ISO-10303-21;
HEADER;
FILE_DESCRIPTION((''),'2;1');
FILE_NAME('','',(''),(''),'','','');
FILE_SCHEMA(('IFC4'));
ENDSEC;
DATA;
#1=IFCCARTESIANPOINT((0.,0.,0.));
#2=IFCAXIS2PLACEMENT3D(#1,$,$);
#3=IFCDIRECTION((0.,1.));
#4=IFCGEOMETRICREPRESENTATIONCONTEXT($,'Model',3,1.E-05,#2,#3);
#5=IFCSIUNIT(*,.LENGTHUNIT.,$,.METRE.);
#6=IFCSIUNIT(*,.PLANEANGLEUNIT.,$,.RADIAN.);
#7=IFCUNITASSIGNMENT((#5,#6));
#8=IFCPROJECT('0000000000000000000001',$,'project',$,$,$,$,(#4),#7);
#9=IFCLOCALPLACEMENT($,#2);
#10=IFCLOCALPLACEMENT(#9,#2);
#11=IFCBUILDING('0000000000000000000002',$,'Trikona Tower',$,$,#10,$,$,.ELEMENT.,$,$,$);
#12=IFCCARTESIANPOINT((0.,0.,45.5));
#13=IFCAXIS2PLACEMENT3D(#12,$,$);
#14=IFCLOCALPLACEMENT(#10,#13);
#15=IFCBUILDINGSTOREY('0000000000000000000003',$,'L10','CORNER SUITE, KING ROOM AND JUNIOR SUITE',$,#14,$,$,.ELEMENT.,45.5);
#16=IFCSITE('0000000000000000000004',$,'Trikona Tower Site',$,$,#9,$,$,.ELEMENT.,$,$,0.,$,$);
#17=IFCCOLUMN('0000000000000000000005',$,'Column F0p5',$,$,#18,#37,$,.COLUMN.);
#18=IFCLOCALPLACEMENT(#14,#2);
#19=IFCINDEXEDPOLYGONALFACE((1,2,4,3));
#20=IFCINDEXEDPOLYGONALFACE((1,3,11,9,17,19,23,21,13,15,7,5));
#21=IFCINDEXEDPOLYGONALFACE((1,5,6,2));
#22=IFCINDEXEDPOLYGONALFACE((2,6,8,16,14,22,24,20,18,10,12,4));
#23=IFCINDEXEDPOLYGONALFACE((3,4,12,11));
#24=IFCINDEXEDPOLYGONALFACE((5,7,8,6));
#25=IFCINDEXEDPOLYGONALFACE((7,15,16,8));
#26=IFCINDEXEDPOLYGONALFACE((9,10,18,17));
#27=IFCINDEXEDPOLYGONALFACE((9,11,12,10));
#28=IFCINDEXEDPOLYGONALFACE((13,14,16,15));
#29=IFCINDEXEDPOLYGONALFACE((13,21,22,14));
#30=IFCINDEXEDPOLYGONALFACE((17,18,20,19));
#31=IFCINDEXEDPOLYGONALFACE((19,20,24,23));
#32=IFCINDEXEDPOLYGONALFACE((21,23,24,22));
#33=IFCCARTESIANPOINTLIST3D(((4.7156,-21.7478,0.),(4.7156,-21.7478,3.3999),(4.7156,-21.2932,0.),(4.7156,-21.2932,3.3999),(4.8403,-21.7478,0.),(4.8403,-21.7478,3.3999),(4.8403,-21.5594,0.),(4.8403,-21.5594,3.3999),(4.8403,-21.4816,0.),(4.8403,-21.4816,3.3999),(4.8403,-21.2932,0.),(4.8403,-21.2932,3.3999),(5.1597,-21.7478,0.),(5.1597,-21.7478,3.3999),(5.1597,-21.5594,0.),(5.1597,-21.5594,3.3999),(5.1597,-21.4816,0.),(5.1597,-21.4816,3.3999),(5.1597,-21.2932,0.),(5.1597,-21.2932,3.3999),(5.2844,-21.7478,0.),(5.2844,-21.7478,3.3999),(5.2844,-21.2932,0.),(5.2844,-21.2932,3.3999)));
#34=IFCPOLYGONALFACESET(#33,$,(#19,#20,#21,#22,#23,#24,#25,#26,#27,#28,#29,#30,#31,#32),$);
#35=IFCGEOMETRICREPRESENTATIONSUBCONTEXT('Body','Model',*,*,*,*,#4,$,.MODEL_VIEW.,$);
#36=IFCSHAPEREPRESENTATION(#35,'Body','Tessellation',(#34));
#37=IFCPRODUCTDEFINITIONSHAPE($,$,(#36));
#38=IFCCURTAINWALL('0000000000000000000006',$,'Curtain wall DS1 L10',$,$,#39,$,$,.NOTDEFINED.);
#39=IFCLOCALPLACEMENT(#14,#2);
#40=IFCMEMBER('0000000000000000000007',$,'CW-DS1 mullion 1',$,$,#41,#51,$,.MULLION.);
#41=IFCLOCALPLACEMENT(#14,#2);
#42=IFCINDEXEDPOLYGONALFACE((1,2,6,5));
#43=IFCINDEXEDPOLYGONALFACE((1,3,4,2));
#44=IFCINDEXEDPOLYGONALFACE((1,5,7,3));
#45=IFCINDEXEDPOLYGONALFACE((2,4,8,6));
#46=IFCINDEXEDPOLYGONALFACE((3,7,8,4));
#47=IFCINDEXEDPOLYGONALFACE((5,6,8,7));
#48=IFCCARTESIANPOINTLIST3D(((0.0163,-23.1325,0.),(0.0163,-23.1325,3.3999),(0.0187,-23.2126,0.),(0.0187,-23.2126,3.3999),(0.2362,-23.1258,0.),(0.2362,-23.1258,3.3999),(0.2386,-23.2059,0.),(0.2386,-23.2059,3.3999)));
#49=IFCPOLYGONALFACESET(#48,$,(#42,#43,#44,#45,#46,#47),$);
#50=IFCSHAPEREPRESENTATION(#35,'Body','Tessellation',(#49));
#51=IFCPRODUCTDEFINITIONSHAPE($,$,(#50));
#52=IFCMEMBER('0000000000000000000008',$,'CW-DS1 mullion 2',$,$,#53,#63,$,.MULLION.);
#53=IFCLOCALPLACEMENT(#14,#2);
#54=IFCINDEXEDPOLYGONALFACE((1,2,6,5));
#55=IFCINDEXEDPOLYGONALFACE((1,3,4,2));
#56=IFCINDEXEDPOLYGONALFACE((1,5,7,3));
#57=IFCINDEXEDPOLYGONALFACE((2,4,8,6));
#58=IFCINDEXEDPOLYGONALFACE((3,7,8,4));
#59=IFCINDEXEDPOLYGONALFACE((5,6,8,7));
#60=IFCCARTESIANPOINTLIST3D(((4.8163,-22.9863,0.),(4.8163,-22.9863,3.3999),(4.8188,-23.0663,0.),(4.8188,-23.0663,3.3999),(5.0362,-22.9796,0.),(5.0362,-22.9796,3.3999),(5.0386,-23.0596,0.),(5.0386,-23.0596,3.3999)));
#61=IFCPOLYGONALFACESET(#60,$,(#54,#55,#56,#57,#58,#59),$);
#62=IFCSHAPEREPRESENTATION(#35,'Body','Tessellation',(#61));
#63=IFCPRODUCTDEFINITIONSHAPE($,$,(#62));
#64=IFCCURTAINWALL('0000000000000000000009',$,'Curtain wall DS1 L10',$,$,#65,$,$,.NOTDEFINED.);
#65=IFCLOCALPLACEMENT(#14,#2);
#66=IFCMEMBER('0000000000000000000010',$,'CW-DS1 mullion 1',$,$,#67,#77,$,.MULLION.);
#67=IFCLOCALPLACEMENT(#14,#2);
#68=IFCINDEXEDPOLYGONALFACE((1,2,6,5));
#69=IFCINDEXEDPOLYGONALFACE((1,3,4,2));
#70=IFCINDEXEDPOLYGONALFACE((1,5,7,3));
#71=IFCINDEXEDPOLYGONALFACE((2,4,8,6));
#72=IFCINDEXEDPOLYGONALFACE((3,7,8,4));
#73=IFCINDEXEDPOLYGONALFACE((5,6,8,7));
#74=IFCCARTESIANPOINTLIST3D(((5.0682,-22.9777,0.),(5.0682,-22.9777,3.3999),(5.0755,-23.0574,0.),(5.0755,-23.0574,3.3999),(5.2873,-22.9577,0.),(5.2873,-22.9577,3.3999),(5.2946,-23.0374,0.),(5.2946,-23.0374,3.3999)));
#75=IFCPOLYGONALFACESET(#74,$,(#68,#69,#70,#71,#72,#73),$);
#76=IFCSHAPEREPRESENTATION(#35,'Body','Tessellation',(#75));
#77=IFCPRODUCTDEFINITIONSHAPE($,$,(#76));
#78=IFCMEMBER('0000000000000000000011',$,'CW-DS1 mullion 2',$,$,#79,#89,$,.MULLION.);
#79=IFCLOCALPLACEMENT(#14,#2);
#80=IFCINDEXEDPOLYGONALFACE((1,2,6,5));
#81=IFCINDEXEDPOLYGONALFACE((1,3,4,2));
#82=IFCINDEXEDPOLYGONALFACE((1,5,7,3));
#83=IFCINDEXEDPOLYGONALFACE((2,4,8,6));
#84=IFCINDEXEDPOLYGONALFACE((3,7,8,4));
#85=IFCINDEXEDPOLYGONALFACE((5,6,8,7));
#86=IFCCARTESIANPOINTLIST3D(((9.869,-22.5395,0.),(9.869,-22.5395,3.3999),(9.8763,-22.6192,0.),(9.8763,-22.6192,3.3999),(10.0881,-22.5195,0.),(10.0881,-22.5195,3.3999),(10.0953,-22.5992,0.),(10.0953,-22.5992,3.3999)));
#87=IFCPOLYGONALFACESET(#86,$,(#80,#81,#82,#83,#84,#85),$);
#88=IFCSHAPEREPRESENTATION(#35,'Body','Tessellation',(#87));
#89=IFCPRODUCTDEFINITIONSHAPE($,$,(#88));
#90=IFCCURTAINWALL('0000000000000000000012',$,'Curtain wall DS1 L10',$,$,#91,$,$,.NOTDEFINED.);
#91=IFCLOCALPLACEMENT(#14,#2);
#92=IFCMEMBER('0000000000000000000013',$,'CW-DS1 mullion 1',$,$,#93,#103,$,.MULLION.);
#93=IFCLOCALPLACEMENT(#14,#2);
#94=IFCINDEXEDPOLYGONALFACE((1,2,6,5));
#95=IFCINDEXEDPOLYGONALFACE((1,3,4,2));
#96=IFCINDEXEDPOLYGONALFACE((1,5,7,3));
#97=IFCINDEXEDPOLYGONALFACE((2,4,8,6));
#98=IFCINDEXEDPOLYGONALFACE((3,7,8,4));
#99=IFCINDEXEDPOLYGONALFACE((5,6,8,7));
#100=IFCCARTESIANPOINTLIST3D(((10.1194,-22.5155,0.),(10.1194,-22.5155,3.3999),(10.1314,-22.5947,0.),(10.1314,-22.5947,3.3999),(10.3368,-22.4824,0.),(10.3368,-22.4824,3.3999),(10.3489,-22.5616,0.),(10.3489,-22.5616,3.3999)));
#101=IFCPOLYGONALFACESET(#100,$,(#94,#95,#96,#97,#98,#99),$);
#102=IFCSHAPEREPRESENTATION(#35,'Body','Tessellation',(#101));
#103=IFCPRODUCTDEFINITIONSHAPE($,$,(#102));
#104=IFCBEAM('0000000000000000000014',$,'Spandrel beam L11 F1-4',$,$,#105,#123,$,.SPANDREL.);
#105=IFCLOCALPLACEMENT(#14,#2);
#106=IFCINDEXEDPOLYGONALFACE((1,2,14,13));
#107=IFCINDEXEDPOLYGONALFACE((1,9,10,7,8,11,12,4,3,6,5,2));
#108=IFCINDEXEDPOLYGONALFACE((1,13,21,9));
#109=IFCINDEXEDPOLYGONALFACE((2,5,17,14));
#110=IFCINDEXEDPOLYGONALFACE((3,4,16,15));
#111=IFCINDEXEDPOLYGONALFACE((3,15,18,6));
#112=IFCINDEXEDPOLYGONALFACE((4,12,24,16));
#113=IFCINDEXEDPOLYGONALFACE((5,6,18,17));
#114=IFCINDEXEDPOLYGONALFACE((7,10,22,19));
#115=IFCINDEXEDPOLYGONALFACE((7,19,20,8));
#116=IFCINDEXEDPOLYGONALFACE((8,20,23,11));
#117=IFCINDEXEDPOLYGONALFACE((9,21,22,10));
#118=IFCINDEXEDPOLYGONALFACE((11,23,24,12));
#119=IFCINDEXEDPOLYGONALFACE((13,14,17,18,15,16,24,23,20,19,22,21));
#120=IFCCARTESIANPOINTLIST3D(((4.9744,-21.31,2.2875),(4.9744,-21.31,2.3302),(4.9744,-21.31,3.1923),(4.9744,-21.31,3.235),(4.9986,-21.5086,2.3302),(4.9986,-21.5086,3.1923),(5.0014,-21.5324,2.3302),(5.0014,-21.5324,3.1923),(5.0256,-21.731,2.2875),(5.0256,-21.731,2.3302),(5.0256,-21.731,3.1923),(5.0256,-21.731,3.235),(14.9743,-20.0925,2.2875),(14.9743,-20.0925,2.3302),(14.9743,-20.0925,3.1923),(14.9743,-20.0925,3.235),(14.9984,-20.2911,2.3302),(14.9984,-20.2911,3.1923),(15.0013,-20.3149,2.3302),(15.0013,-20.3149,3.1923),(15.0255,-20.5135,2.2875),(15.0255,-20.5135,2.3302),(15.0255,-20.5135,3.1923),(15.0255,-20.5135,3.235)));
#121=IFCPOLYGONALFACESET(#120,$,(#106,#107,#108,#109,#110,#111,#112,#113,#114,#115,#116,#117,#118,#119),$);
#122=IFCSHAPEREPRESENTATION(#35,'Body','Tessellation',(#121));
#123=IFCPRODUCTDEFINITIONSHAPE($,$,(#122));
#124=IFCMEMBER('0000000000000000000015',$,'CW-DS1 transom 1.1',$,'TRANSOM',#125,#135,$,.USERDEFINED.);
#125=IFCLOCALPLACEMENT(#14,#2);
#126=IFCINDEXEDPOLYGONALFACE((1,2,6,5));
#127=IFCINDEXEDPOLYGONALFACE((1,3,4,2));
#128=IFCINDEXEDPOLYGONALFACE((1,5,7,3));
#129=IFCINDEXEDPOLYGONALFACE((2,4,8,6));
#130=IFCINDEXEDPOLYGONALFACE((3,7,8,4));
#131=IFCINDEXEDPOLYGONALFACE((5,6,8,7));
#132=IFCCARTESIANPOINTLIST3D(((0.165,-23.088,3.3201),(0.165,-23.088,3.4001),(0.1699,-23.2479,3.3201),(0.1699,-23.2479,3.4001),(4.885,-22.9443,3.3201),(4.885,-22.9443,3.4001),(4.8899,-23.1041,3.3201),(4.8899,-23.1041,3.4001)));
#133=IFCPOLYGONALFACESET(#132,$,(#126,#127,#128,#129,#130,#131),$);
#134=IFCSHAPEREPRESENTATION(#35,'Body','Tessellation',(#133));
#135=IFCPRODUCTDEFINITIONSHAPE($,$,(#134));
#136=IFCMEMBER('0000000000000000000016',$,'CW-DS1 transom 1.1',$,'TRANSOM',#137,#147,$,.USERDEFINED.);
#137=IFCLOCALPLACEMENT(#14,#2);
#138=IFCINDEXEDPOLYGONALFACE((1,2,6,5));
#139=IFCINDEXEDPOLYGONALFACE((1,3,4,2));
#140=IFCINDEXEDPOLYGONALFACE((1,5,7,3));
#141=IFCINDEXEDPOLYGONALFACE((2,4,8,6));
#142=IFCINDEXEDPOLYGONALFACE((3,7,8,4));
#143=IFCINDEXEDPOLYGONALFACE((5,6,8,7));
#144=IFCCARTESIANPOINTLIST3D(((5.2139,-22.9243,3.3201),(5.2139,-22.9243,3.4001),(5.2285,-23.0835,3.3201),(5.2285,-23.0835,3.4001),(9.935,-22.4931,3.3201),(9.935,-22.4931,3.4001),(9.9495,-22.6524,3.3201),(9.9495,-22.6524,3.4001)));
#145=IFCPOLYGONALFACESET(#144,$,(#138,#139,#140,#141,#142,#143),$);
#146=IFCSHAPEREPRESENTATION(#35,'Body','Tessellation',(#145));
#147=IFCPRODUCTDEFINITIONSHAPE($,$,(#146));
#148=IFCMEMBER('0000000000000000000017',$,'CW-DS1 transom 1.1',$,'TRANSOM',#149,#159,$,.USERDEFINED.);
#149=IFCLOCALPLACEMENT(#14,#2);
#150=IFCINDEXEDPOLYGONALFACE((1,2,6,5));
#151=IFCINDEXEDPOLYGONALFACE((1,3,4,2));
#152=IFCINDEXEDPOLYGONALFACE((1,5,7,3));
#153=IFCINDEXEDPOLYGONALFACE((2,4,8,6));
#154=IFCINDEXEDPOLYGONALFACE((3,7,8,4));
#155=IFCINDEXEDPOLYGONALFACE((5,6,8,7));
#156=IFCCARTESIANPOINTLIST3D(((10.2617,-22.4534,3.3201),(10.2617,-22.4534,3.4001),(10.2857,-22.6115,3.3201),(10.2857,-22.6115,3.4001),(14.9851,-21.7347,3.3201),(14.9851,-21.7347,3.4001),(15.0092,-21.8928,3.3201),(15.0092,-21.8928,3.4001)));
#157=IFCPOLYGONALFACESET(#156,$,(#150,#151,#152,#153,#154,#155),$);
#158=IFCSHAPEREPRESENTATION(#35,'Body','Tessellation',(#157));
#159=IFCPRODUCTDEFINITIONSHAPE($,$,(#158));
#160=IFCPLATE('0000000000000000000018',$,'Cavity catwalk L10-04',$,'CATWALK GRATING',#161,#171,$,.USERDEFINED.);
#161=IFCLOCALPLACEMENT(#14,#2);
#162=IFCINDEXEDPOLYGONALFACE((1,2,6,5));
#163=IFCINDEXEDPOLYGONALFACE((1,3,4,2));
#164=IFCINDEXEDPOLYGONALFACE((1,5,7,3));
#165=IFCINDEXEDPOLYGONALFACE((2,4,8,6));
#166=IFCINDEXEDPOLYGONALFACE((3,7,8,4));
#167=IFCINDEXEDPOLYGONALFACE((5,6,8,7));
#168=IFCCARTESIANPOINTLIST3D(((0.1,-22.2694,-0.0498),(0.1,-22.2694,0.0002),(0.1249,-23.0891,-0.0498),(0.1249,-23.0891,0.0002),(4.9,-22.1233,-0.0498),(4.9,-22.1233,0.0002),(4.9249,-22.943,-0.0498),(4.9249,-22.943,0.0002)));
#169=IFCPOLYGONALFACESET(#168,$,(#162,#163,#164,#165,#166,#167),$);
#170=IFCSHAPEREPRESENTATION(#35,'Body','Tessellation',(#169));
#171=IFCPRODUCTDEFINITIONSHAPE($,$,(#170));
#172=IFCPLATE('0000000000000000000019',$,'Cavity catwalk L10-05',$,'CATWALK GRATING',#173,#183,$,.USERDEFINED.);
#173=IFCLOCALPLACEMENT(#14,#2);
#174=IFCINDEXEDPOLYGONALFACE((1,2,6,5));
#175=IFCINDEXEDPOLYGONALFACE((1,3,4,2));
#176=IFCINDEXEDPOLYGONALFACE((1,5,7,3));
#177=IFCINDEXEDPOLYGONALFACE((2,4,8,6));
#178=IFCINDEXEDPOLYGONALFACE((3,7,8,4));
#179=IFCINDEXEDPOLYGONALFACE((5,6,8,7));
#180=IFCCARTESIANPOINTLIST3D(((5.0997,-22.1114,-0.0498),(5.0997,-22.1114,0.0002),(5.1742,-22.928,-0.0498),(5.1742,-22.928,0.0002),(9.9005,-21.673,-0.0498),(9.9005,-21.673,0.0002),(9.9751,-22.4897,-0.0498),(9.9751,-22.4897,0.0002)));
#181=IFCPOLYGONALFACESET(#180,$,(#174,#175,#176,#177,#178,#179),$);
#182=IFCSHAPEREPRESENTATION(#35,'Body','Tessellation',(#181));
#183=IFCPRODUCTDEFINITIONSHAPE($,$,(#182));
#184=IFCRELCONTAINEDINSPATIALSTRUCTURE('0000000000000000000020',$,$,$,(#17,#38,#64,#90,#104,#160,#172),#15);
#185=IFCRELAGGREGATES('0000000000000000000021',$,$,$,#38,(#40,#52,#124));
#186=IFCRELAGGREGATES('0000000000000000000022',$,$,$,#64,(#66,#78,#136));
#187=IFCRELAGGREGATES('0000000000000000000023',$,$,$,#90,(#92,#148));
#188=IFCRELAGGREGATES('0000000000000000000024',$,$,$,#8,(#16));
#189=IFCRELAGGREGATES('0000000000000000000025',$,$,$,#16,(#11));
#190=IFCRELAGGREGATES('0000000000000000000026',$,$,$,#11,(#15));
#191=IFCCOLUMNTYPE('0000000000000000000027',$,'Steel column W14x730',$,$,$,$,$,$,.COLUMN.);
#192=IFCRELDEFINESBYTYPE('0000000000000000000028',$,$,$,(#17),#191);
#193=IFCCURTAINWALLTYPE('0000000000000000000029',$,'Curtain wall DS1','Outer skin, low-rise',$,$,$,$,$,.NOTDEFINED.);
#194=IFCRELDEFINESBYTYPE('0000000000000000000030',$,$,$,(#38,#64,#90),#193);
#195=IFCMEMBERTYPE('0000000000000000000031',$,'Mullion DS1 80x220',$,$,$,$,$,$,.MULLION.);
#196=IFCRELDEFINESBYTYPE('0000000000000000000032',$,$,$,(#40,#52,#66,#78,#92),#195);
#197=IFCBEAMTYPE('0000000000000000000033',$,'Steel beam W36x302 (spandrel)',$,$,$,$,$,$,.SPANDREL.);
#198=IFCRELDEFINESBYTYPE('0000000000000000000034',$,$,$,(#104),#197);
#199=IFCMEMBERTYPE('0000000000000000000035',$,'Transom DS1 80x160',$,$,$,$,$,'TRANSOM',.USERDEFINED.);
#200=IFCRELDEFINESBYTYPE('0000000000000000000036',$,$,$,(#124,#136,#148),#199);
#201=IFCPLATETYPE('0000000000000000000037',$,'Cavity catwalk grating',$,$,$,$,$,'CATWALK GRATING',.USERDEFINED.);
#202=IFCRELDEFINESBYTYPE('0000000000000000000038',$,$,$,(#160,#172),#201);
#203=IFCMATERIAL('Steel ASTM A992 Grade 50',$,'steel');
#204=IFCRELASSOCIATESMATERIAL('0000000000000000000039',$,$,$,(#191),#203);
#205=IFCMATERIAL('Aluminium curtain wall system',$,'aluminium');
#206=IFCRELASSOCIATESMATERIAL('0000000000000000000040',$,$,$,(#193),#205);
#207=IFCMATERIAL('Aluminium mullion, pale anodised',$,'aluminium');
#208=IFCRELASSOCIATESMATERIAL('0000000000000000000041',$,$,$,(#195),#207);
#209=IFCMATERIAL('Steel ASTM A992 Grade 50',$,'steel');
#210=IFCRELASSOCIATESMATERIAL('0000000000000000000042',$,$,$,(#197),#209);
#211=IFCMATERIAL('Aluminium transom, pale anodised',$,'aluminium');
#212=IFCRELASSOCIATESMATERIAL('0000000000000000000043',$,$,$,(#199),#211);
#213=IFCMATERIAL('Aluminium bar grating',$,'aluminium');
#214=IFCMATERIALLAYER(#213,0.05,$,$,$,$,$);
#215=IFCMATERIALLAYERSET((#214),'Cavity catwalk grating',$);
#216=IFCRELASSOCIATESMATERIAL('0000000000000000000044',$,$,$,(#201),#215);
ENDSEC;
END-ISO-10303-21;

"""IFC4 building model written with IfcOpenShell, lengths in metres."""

from ifc_helpers import new_model, si_unit, direction, frame, origin, origin_2d, place, context, subcontext, project, spatial, rectangle, i_section, extrude, material, layer, layer_set, material_profile, profile_set, type_object, element, aggregate, save


model = new_model("IFC4")

# Units and contexts
model_context = context("Model", 3, precision=1e-05, world=origin(), true_north=direction((0.0, 1.0)))
body_context = subcontext(model_context, "Body", "Model", "MODEL_VIEW")
ifc_project = project(units=[si_unit("LENGTHUNIT", "METRE"), si_unit("PLANEANGLEUNIT", "RADIAN")], contexts=[model_context])

# Site, building, storey
site_placement = place(None, origin())
site = spatial("IfcSite", under=ifc_project, at=site_placement, Name="Trikona Tower Site", CompositionType="ELEMENT", RefElevation=0.0)
building_placement = place(site_placement, origin())
building = spatial("IfcBuilding", under=site, at=building_placement, Name="Trikona Tower", CompositionType="ELEMENT")
storey_placement = place(building_placement, frame((0.0, 0.0, 45.5)))
storey = spatial("IfcBuildingStorey", under=building, at=storey_placement, Name="L10", Description="CORNER SUITE, KING ROOM AND JUNIOR SUITE", CompositionType="ELEMENT", Elevation=45.5)

# Column
ifc_material_1 = material(Name="Steel ASTM A992 Grade 50", Category="steel")
ifc_material_profile_1 = material_profile(ifc_material_1, i_section(OverallWidth=0.4546, OverallDepth=0.5688, WebThickness=0.0779, FlangeThickness=0.1248, at=origin_2d()), Name="W14X730")
ifc_profile_set_1 = profile_set([ifc_material_profile_1], Name="Steel ASTM A992 Grade 50")
column_type = type_object("IfcColumnType", Name="Steel column W14x730", PredefinedType="COLUMN", material=ifc_profile_set_1)
column_placement = place(storey_placement, frame((5.0, -21.5205, 0.0), z_axis=(0.0, 0.0, 1.0), x_axis=(0.0, -1.0, 0.0)))
element("IfcColumn", 1, at=column_placement, inside=storey, type_object=column_type, Name="Column F0p5", PredefinedType="COLUMN", context=body_context, shape_type="SweptSolid", body=[
    extrude(i_section(OverallWidth=0.4546, OverallDepth=0.5688, WebThickness=0.0779, FlangeThickness=0.1248, at=origin_2d()), origin(), (0.0, 0.0, 1.0), 3.3999),
])

# Curtain walls, members
ifc_material_2 = material(Name="Aluminium curtain wall system", Category="aluminium")
curtain_wall_type = type_object("IfcCurtainWallType", Name="Curtain wall DS1", Description="Outer skin, low-rise", PredefinedType="NOTDEFINED", material=ifc_material_2)
curtain_wall_1_placement = place(storey_placement, origin())
curtain_wall_1 = element("IfcCurtainWall", 2, at=curtain_wall_1_placement, inside=storey, type_object=curtain_wall_type, Name="Curtain wall DS1 L10", PredefinedType="NOTDEFINED")
ifc_material_3 = material(Name="Aluminium mullion, pale anodised", Category="aluminium")
ifc_material_profile_2 = material_profile(ifc_material_3, rectangle(XDim=0.0801, YDim=0.22, at=origin_2d()), Name="MUL-DS1")
ifc_profile_set_2 = profile_set([ifc_material_profile_2], Name="Aluminium mullion, pale anodised")
member_type_1 = type_object("IfcMemberType", Name="Mullion DS1 80x220", PredefinedType="MULLION", material=ifc_profile_set_2)
member_1_placement = place(storey_placement, frame((0.1274, -23.1692, 0.0), z_axis=(0.0, 0.0, 1.0), x_axis=(-0.030437, 0.999537, 0.0)))
member_1 = element("IfcMember", 3, at=member_1_placement, type_object=member_type_1, Name="CW-DS1 mullion 1", PredefinedType="MULLION", context=body_context, shape_type="SweptSolid", body=[
    extrude(rectangle(XDim=0.0801, YDim=0.22, at=origin_2d()), origin(), (0.0, 0.0, 1.0), 3.3999),
])
member_2_placement = place(storey_placement, frame((4.9275, -23.0229, 0.0), z_axis=(0.0, 0.0, 1.0), x_axis=(-0.030437, 0.999537, 0.0)))
member_2 = element("IfcMember", 4, at=member_2_placement, type_object=member_type_1, Name="CW-DS1 mullion 2", PredefinedType="MULLION", context=body_context, shape_type="SweptSolid", body=[
    extrude(rectangle(XDim=0.0801, YDim=0.22, at=origin_2d()), origin(), (0.0, 0.0, 1.0), 3.3999),
])
curtain_wall_2_placement = place(storey_placement, origin())
curtain_wall_2 = element("IfcCurtainWall", 5, at=curtain_wall_2_placement, inside=storey, type_object=curtain_wall_type, Name="Curtain wall DS1 L10", PredefinedType="NOTDEFINED")
member_3_placement = place(storey_placement, frame((5.1814, -23.0076, 0.0), z_axis=(0.0, 0.0, 1.0), x_axis=(-0.090924, 0.995858, 0.0)))
member_3 = element("IfcMember", 6, at=member_3_placement, type_object=member_type_1, Name="CW-DS1 mullion 1", PredefinedType="MULLION", context=body_context, shape_type="SweptSolid", body=[
    extrude(rectangle(XDim=0.0801, YDim=0.22, at=origin_2d()), origin(), (0.0, 0.0, 1.0), 3.3999),
])
member_4_placement = place(storey_placement, frame((9.9822, -22.5693, 0.0), z_axis=(0.0, 0.0, 1.0), x_axis=(-0.090924, 0.995858, 0.0)))
member_4 = element("IfcMember", 7, at=member_4_placement, type_object=member_type_1, Name="CW-DS1 mullion 2", PredefinedType="MULLION", context=body_context, shape_type="SweptSolid", body=[
    extrude(rectangle(XDim=0.0801, YDim=0.22, at=origin_2d()), origin(), (0.0, 0.0, 1.0), 3.3999),
])

# Curtain wall, member
curtain_wall_3_placement = place(storey_placement, origin())
curtain_wall_3 = element("IfcCurtainWall", 8, at=curtain_wall_3_placement, inside=storey, type_object=curtain_wall_type, Name="Curtain wall DS1 L10", PredefinedType="NOTDEFINED")
member_5_placement = place(storey_placement, frame((10.2341, -22.5386, 0.0), z_axis=(0.0, 0.0, 1.0), x_axis=(-0.150438, 0.988619, 0.0)))
member_5 = element("IfcMember", 9, at=member_5_placement, type_object=member_type_1, Name="CW-DS1 mullion 1", PredefinedType="MULLION", context=body_context, shape_type="SweptSolid", body=[
    extrude(rectangle(XDim=0.0801, YDim=0.22, at=origin_2d()), origin(), (0.0, 0.0, 1.0), 3.3999),
])

# Beam
ifc_material_4 = material(Name="Steel ASTM A992 Grade 50", Category="steel")
ifc_material_profile_3 = material_profile(ifc_material_4, i_section(OverallWidth=0.4241, OverallDepth=0.9475, WebThickness=0.0239, FlangeThickness=0.0427, at=origin_2d()), Name="W36X302")
ifc_profile_set_3 = profile_set([ifc_material_profile_3], Name="Steel ASTM A992 Grade 50")
beam_type = type_object("IfcBeamType", Name="Steel beam W36x302 (spandrel)", PredefinedType="SPANDREL", material=ifc_profile_set_3)
beam_placement = place(storey_placement, frame((5.0, -21.5205, 2.7612), z_axis=(0.99267, 0.12086, 0.0), x_axis=(-0.12086, 0.99267, 0.0)))
element("IfcBeam", 10, at=beam_placement, inside=storey, type_object=beam_type, Name="Spandrel beam L11 F1-4", PredefinedType="SPANDREL", context=body_context, shape_type="SweptSolid", body=[
    extrude(i_section(OverallWidth=0.4241, OverallDepth=0.9475, WebThickness=0.0239, FlangeThickness=0.0427, at=origin_2d()), origin(), (0.0, 0.0, 1.0), 10.0737),
])

# Members
ifc_material_5 = material(Name="Aluminium transom, pale anodised", Category="aluminium")
ifc_material_profile_4 = material_profile(ifc_material_5, rectangle(XDim=0.1599, YDim=0.0801, at=origin_2d()), Name="TRN-DS1")
ifc_profile_set_4 = profile_set([ifc_material_profile_4], Name="Aluminium transom, pale anodised")
member_type_2 = type_object("IfcMemberType", Name="Transom DS1 80x160", ElementType="TRANSOM", PredefinedType="USERDEFINED", material=ifc_profile_set_4)
member_6_placement = place(storey_placement, frame((0.1675, -23.168, 3.3601), z_axis=(0.999536, 0.030452, 0.0), x_axis=(-0.030452, 0.999536, 0.0)))
member_6 = element("IfcMember", 11, at=member_6_placement, type_object=member_type_2, Name="CW-DS1 transom 1.1", ObjectType="TRANSOM", PredefinedType="USERDEFINED", context=body_context, shape_type="SweptSolid", body=[
    extrude(rectangle(XDim=0.1599, YDim=0.0801, at=origin_2d()), origin(), (0.0, 0.0, 1.0), 4.7222),
])
member_7_placement = place(storey_placement, frame((5.2212, -23.0039, 3.3601), z_axis=(0.995856, 0.090944, 0.0), x_axis=(-0.090944, 0.995856, 0.0)))
member_7 = element("IfcMember", 12, at=member_7_placement, type_object=member_type_2, Name="CW-DS1 transom 1.1", ObjectType="TRANSOM", PredefinedType="USERDEFINED", context=body_context, shape_type="SweptSolid", body=[
    extrude(rectangle(XDim=0.1599, YDim=0.0801, at=origin_2d()), origin(), (0.0, 0.0, 1.0), 4.7407),
])
member_8_placement = place(storey_placement, frame((10.2737, -22.5325, 3.3601), z_axis=(0.98862, 0.150437, 0.0), x_axis=(-0.150437, 0.98862, 0.0)))
member_8 = element("IfcMember", 13, at=member_8_placement, type_object=member_type_2, Name="CW-DS1 transom 1.1", ObjectType="TRANSOM", PredefinedType="USERDEFINED", context=body_context, shape_type="SweptSolid", body=[
    extrude(rectangle(XDim=0.1599, YDim=0.0801, at=origin_2d()), origin(), (0.0, 0.0, 1.0), 4.7778),
])

# Plates
ifc_material_6 = material(Name="Aluminium bar grating", Category="aluminium")
ifc_layer_1 = layer(ifc_material_6, 0.05)
ifc_layer_set_1 = layer_set([ifc_layer_1], Name="Cavity catwalk grating")
plate_type_1 = type_object("IfcPlateType", Name="Cavity catwalk grating", ElementType="CATWALK GRATING", PredefinedType="USERDEFINED", material=ifc_layer_set_1)
plate_1_placement = place(storey_placement, frame((2.5125, -22.6062, -0.0498), z_axis=(0.0, 0.0, 1.0), x_axis=(0.999537, 0.030425, 0.0)))
element("IfcPlate", 14, at=plate_1_placement, inside=storey, type_object=plate_type_1, Name="Cavity catwalk L10-04", ObjectType="CATWALK GRATING", PredefinedType="USERDEFINED", context=body_context, shape_type="SweptSolid", body=[
    extrude(rectangle(XDim=4.8022, YDim=0.8201, at=origin_2d()), origin(), (0.0, 0.0, 1.0), 0.05),
])
plate_2_placement = place(storey_placement, frame((7.5374, -22.3005, -0.0498), z_axis=(0.0, 0.0, 1.0), x_axis=(0.995858, 0.090921, 0.0)))
element("IfcPlate", 15, at=plate_2_placement, inside=storey, type_object=plate_type_1, Name="Cavity catwalk L10-05", ObjectType="CATWALK GRATING", PredefinedType="USERDEFINED", context=body_context, shape_type="SweptSolid", body=[
    extrude(rectangle(XDim=4.8208, YDim=0.8201, at=origin_2d()), origin(), (0.0, 0.0, 1.0), 0.05),
])

aggregate(curtain_wall_1, [member_1, member_2, member_6])
aggregate(curtain_wall_2, [member_3, member_4, member_7])
aggregate(curtain_wall_3, [member_5, member_8])

save(model, "model.ifc")
